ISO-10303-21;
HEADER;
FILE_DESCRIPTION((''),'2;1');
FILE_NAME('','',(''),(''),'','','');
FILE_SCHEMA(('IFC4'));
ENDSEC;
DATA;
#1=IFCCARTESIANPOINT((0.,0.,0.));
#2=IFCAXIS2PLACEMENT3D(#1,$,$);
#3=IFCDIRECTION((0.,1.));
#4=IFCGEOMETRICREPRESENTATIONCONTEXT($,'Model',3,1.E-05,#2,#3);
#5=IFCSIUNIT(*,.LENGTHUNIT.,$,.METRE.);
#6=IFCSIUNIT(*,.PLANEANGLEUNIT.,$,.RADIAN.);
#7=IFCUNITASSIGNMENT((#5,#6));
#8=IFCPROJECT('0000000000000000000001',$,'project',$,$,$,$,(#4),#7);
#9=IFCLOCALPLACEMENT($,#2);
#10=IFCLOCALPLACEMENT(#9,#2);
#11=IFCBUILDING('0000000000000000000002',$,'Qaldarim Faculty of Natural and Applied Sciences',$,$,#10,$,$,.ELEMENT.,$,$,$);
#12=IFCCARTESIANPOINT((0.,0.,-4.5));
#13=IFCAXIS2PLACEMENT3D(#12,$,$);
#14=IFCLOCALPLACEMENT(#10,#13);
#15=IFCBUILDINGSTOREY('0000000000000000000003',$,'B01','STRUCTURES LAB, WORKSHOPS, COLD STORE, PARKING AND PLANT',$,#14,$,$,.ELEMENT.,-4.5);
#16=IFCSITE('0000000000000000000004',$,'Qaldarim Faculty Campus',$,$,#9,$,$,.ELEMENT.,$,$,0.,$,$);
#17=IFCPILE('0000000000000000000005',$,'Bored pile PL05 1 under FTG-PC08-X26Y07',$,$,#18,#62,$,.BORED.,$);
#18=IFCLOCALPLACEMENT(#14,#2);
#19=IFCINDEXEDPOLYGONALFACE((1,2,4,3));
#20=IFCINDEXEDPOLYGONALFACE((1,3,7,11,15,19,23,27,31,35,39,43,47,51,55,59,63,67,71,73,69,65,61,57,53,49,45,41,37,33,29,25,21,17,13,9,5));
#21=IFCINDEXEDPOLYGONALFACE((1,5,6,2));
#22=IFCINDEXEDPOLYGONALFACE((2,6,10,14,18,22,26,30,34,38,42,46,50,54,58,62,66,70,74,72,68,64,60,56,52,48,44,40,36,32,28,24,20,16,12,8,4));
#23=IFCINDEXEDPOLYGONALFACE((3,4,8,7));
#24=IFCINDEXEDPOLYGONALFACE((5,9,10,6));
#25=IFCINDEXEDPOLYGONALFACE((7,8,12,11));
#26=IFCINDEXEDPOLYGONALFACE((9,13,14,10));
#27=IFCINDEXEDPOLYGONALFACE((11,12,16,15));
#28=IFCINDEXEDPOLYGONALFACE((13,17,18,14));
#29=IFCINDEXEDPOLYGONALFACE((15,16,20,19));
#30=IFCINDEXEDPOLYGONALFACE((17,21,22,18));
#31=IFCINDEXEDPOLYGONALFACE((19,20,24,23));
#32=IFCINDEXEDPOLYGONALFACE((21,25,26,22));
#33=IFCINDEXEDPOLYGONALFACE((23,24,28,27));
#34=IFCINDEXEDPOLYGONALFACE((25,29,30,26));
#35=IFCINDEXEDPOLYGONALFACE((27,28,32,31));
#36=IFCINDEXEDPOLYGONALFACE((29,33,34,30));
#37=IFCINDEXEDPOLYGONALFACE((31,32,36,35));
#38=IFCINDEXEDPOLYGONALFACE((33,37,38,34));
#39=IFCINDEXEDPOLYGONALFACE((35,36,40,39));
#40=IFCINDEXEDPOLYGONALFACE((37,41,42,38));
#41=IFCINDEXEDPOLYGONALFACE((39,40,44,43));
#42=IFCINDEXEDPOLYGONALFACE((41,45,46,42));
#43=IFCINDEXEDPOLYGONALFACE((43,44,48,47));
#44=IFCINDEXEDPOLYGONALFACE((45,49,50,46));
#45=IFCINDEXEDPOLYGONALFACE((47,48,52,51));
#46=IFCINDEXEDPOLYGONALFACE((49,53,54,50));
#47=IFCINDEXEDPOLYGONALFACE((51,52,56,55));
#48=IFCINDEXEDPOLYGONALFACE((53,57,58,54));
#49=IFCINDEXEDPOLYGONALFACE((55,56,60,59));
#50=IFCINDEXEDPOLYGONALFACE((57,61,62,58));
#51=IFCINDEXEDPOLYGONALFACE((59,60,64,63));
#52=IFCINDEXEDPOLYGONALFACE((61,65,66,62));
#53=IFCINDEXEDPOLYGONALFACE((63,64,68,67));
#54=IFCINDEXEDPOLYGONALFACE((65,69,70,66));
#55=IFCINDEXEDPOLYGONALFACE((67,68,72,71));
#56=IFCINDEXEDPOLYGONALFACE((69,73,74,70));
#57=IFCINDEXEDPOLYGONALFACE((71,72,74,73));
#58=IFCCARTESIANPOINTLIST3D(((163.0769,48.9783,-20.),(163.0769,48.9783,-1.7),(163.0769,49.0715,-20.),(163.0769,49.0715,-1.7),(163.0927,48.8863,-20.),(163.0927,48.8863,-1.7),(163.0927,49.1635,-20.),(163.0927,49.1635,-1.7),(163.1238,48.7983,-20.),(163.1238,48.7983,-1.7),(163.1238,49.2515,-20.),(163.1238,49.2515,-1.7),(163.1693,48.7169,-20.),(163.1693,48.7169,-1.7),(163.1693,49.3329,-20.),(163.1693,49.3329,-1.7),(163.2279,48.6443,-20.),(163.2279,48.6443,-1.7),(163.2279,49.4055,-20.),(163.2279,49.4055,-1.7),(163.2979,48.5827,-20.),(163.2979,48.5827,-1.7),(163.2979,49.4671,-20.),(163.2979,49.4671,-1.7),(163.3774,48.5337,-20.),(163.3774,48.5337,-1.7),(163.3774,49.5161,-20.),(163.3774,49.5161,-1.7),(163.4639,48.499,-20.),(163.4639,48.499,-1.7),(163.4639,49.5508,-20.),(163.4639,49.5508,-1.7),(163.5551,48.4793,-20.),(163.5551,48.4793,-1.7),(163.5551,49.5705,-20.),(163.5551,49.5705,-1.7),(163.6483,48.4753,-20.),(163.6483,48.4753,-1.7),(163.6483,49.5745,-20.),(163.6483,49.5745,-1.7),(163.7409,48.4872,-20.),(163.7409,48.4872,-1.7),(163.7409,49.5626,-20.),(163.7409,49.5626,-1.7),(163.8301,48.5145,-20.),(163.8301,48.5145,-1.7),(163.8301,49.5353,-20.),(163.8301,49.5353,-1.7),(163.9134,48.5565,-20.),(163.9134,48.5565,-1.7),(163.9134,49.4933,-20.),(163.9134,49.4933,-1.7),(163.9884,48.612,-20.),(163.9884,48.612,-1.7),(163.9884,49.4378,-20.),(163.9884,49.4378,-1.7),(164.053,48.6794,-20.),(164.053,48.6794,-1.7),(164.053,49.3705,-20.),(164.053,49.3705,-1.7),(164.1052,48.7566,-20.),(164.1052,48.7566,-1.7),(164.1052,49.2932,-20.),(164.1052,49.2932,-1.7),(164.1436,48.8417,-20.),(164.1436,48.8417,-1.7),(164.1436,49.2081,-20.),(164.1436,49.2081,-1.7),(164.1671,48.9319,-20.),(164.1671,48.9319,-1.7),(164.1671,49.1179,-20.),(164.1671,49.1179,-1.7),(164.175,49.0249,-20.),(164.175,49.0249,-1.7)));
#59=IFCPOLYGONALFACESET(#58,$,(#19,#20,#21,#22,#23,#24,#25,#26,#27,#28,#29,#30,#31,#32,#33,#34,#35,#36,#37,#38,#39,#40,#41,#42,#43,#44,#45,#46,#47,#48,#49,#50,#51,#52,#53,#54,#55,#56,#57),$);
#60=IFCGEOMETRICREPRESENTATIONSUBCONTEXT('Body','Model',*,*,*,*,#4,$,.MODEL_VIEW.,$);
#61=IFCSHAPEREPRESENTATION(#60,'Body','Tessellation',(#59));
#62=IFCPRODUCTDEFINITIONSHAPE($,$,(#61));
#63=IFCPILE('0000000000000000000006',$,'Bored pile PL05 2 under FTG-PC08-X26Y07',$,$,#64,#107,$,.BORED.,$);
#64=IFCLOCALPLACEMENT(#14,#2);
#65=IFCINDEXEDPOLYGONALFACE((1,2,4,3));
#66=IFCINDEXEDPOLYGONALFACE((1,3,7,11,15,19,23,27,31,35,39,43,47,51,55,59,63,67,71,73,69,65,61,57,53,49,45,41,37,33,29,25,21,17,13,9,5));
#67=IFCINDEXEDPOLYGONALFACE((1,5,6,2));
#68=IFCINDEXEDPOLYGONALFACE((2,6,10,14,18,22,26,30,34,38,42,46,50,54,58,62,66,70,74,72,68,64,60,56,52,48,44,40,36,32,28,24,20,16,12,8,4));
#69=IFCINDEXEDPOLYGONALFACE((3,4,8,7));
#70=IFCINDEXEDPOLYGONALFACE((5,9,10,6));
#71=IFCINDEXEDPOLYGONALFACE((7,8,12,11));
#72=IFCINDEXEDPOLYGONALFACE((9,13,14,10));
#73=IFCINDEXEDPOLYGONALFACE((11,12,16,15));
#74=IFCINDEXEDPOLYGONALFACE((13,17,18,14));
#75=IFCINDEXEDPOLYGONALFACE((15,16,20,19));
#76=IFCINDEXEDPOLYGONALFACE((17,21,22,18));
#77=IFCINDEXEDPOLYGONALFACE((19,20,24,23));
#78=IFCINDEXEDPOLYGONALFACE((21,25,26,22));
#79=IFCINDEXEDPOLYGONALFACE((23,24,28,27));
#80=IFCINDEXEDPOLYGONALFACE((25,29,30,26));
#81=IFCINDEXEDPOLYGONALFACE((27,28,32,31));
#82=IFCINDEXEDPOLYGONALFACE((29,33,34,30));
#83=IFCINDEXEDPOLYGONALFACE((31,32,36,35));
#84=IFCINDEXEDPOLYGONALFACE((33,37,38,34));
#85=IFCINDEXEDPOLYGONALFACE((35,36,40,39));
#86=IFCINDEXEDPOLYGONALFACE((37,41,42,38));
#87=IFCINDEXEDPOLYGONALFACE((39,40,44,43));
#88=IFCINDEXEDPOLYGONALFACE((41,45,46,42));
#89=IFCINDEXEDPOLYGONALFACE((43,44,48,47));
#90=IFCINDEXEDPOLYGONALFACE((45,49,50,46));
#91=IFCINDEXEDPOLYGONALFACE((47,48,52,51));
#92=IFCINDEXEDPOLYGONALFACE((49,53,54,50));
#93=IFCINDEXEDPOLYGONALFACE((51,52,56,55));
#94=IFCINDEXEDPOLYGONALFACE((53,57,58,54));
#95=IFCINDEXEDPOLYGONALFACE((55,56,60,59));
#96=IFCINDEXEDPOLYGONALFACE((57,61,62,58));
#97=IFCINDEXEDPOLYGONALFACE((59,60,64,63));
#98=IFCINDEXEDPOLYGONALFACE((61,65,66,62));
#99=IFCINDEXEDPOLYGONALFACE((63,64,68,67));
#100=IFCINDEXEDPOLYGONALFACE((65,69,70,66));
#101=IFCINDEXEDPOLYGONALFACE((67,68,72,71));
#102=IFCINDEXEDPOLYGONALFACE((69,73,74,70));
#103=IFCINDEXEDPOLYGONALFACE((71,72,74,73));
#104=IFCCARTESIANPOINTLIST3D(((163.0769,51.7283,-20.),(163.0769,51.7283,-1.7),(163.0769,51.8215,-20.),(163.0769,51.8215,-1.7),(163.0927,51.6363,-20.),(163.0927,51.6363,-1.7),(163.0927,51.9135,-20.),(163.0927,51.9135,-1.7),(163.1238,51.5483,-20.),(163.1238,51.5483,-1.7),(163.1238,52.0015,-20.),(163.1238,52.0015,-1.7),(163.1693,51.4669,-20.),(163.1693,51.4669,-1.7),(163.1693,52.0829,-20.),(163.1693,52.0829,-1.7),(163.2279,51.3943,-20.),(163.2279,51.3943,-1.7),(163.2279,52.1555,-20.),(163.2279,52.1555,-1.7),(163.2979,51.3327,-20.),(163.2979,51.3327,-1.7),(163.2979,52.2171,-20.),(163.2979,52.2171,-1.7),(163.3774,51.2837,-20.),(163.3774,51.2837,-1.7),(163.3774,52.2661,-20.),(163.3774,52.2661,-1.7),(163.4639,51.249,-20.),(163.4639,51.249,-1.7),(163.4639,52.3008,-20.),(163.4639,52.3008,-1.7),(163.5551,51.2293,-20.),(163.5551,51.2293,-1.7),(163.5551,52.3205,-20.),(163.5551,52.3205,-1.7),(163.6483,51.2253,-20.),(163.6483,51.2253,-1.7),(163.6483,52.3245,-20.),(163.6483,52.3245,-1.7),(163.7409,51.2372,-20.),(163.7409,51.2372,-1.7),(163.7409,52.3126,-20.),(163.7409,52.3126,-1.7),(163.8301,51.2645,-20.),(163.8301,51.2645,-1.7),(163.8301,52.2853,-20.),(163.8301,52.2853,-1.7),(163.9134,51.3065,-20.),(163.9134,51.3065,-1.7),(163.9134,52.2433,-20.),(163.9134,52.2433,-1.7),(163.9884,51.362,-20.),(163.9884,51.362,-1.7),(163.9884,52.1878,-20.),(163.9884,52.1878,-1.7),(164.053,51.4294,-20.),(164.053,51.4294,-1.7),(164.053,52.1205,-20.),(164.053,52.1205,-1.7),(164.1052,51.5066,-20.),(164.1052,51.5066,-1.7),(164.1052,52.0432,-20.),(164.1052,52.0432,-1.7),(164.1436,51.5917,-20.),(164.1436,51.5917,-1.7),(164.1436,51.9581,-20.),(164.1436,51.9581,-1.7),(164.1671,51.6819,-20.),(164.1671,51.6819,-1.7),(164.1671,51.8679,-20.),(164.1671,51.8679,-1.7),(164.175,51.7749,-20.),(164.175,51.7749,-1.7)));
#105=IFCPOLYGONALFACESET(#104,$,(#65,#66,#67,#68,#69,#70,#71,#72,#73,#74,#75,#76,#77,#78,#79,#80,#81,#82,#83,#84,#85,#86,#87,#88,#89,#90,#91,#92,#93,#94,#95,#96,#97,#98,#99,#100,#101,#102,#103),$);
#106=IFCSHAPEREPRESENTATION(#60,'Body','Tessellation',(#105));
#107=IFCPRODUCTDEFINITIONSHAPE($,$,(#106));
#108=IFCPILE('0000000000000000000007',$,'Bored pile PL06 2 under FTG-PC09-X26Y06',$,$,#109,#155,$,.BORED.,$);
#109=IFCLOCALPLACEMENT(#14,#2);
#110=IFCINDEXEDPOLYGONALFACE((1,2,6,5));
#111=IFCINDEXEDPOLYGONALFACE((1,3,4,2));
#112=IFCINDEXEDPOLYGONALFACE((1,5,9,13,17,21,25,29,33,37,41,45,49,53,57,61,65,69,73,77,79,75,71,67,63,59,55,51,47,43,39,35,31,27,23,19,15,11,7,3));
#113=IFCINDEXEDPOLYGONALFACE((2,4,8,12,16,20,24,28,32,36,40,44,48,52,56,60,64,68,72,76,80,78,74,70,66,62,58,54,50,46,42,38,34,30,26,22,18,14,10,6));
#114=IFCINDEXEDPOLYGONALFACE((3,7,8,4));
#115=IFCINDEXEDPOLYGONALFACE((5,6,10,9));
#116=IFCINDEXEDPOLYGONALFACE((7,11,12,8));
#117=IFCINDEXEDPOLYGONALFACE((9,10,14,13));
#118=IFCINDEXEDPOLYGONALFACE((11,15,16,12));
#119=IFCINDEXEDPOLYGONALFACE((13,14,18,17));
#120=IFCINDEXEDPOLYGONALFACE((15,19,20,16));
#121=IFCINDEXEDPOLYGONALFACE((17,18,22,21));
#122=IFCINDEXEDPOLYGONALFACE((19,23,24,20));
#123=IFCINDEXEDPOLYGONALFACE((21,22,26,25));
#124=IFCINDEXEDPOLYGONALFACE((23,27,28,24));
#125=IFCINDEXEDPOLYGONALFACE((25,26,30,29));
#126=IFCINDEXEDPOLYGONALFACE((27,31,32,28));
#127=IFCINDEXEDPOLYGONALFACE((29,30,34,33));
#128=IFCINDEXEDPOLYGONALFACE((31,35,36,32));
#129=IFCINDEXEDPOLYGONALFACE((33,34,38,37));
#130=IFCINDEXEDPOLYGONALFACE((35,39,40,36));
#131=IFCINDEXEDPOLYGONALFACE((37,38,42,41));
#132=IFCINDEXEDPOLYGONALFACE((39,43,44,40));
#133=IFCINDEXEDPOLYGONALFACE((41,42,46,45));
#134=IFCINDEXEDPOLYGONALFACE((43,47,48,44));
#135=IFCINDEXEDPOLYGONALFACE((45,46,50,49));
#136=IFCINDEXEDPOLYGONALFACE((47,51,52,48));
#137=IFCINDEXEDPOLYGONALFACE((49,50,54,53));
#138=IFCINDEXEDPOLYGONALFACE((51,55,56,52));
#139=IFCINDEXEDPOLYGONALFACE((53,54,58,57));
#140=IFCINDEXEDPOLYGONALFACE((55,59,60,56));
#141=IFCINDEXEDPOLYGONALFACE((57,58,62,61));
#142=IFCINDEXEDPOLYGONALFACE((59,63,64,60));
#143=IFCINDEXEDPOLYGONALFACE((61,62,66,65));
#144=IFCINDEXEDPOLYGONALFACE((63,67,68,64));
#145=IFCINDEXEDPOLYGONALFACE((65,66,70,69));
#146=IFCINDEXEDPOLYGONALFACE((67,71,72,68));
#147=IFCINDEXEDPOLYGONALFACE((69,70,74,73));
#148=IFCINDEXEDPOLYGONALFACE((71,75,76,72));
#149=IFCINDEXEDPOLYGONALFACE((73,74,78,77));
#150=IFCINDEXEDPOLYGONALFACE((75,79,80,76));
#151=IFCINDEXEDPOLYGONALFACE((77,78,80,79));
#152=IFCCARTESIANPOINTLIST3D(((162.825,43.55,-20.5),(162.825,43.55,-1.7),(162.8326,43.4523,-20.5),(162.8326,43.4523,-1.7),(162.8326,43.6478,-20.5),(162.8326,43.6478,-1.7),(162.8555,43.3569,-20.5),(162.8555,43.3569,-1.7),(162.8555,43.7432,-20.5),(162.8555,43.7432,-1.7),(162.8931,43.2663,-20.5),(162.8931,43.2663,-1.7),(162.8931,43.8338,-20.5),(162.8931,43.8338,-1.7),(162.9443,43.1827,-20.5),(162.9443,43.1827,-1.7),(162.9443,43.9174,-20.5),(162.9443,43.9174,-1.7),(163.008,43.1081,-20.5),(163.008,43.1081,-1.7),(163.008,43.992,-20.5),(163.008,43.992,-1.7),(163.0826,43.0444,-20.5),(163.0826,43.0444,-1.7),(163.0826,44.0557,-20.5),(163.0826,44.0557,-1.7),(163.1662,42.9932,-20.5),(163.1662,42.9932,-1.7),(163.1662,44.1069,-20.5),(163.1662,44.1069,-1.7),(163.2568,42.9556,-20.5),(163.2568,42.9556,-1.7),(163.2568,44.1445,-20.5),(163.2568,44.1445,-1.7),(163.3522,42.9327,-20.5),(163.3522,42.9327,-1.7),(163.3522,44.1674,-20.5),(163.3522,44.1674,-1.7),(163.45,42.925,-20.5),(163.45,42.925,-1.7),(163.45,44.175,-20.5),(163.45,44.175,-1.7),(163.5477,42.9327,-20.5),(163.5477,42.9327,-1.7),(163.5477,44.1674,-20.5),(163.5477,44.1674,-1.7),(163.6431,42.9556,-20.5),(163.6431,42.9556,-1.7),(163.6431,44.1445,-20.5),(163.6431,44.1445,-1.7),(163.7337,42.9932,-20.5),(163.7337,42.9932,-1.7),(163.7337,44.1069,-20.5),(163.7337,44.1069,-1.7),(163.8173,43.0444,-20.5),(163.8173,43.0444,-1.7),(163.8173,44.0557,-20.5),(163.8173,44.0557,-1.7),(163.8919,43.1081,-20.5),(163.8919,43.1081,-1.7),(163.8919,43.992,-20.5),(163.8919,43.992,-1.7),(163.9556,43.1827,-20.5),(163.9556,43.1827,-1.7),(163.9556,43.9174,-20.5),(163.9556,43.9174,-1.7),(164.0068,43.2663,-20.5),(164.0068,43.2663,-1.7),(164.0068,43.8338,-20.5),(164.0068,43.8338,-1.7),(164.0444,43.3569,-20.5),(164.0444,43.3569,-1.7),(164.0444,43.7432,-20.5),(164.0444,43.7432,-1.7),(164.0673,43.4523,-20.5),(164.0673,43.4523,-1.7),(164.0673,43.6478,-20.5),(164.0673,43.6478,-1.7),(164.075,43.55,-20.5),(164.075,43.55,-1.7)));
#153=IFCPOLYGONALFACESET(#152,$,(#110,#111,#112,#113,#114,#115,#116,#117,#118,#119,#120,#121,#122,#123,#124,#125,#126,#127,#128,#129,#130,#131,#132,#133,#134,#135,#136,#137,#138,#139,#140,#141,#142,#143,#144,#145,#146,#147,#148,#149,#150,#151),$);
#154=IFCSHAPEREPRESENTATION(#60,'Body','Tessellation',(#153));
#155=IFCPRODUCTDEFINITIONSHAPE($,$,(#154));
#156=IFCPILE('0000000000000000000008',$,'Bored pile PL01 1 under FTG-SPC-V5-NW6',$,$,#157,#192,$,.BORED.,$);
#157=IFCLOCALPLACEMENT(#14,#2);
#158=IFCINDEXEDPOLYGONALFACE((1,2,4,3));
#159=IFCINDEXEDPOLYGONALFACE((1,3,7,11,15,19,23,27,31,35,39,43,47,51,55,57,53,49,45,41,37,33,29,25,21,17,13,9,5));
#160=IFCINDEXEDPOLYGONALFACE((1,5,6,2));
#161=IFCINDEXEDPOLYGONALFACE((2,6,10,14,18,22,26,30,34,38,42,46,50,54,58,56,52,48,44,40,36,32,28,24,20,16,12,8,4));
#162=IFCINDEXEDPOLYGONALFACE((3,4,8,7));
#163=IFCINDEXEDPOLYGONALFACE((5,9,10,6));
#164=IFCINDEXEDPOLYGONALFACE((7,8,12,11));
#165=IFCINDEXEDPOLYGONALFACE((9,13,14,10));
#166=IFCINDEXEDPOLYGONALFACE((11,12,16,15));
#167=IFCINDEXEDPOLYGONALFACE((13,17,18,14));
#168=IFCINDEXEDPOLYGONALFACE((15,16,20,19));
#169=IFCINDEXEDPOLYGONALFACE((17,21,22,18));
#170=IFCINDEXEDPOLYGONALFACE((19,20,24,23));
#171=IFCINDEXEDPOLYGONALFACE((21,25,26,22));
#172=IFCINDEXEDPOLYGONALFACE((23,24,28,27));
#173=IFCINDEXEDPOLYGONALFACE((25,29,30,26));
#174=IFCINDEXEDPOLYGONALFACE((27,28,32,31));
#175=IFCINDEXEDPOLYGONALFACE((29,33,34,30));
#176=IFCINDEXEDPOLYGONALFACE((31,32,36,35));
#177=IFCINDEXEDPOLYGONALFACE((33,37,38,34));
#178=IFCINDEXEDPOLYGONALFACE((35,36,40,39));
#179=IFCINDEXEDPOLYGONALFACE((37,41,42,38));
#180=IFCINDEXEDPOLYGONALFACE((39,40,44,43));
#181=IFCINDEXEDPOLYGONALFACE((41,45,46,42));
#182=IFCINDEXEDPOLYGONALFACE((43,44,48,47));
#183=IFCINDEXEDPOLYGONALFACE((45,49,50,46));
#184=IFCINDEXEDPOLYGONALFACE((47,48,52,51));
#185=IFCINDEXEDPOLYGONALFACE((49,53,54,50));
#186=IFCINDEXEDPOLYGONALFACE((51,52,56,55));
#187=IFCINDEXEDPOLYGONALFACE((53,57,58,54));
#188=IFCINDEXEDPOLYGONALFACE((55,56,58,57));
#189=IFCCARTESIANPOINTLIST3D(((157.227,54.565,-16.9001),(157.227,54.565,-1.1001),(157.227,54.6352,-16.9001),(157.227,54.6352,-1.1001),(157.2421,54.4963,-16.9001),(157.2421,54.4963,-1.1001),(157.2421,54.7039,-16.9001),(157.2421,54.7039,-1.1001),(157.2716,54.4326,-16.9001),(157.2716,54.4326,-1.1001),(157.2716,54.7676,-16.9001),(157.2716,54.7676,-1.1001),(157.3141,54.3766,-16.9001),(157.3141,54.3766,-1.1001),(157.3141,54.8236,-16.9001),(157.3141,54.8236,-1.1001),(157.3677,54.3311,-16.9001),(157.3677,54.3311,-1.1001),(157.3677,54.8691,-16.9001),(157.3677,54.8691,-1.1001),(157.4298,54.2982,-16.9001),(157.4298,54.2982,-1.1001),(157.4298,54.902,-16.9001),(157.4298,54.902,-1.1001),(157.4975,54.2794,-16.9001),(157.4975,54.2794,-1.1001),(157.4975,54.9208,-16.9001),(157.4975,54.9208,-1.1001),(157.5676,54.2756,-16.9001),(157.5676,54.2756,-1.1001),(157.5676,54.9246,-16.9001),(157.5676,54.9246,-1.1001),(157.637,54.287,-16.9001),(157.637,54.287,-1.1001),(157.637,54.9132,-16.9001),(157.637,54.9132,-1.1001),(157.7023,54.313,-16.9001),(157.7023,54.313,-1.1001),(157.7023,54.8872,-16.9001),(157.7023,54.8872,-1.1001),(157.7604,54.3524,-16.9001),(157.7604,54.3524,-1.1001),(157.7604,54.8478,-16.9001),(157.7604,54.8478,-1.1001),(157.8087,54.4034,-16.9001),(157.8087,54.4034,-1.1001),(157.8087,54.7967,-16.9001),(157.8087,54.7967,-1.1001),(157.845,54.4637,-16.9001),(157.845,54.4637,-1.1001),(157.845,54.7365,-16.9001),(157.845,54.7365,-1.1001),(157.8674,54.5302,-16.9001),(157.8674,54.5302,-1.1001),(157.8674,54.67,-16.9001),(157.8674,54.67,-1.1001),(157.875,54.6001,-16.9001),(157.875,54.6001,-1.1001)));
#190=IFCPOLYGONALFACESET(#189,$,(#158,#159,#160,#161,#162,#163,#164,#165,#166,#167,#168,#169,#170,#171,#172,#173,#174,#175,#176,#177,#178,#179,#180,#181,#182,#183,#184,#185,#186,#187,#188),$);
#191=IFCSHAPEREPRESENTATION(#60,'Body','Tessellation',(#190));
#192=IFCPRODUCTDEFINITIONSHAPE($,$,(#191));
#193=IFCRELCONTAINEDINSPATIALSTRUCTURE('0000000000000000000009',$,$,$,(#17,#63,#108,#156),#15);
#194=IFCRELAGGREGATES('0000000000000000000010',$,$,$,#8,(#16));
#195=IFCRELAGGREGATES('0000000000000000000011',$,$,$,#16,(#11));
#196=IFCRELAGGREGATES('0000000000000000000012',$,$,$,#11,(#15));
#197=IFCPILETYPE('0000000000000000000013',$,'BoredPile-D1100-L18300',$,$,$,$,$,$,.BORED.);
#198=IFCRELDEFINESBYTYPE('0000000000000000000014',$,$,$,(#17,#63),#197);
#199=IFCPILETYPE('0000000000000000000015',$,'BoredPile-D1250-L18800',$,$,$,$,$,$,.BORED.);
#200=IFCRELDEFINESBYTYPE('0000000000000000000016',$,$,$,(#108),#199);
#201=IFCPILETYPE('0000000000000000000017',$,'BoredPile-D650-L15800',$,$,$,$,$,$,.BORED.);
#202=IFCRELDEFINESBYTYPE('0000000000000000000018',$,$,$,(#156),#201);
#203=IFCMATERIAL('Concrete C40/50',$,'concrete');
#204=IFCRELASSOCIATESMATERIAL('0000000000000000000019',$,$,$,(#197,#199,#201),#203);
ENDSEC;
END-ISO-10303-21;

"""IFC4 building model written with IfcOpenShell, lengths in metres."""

from ifc_helpers import new_model, si_unit, direction, frame, origin, origin_2d, place, context, subcontext, project, spatial, circle, extrude, material, material_profile, profile_set, type_object, element, save


model = new_model("IFC4")

# Units and contexts
model_context = context("Model", 3, precision=1e-05, world=origin(), true_north=direction((0.0, 1.0)))
body_context = subcontext(model_context, "Body", "Model", "MODEL_VIEW")
ifc_project = project(units=[si_unit("LENGTHUNIT", "METRE"), si_unit("PLANEANGLEUNIT", "RADIAN")], contexts=[model_context])

# Site, building, storey
site_placement = place(None, origin())
site = spatial("IfcSite", under=ifc_project, at=site_placement, Name="Qaldarim Faculty Campus", CompositionType="ELEMENT", RefElevation=0.0)
building_placement = place(site_placement, origin())
building = spatial("IfcBuilding", under=site, at=building_placement, Name="Qaldarim Faculty of Natural and Applied Sciences", CompositionType="ELEMENT")
storey_placement = place(building_placement, frame((0.0, 0.0, -4.5)))
storey = spatial("IfcBuildingStorey", under=building, at=storey_placement, Name="B01", Description="STRUCTURES LAB, WORKSHOPS, COLD STORE, PARKING AND PLANT", CompositionType="ELEMENT", Elevation=-4.5)

# Piles
ifc_material_1 = material(Name="Concrete C40/50", Category="concrete")
ifc_material_profile_1 = material_profile(ifc_material_1, circle(Radius=0.55, at=origin_2d()), Name="PILE-D1100")
ifc_profile_set_1 = profile_set([ifc_material_profile_1], Name="Concrete C40/50")
pile_type_1 = type_object("IfcPileType", Name="BoredPile-D1100-L18300", PredefinedType="BORED", material=ifc_profile_set_1)
for number, where, z_axis, x_axis, name in (
    (1, (163.625, 49.0249, -1.7), (0.0, 0.0, -1.0), (1.0, 0.0, 0.0), "Bored pile PL05 1 under FTG-PC08-X26Y07"),
    (2, (163.625, 51.7749, -1.7), (0.0, 0.0, -1.0), (1.0, 0.0, 0.0), "Bored pile PL05 2 under FTG-PC08-X26Y07"),
):
    element("IfcPile", number, at=place(storey_placement, frame(where, z_axis=z_axis, x_axis=x_axis)), inside=storey, type_object=pile_type_1, Name=name, PredefinedType="BORED", context=body_context, shape_type="SweptSolid", body=[
        extrude(circle(Radius=0.55, at=origin_2d()), origin(), (0.0, 0.0, 1.0), 18.3),
    ])
ifc_material_profile_2 = material_profile(ifc_material_1, circle(Radius=0.625, at=origin_2d()), Name="PILE-D1250")
ifc_profile_set_2 = profile_set([ifc_material_profile_2], Name="Concrete C40/50")
pile_type_2 = type_object("IfcPileType", Name="BoredPile-D1250-L18800", PredefinedType="BORED", material=ifc_profile_set_2)
pile_1_placement = place(storey_placement, frame((163.45, 43.55, -1.7), z_axis=(0.0, 0.0, -1.0), x_axis=(1.0, 0.0, 0.0)))
element("IfcPile", 3, at=pile_1_placement, inside=storey, type_object=pile_type_2, Name="Bored pile PL06 2 under FTG-PC09-X26Y06", PredefinedType="BORED", context=body_context, shape_type="SweptSolid", body=[
    extrude(circle(Radius=0.625, at=origin_2d()), origin(), (0.0, 0.0, 1.0), 18.8),
])
ifc_material_profile_3 = material_profile(ifc_material_1, circle(Radius=0.325, at=origin_2d()), Name="PILE-D650")
ifc_profile_set_3 = profile_set([ifc_material_profile_3], Name="Concrete C40/50")
pile_type_3 = type_object("IfcPileType", Name="BoredPile-D650-L15800", PredefinedType="BORED", material=ifc_profile_set_3)
pile_2_placement = place(storey_placement, frame((157.55, 54.6001, -1.1001), z_axis=(0.0, 0.0, -1.0), x_axis=(1.0, 0.0, 0.0)))
element("IfcPile", 4, at=pile_2_placement, inside=storey, type_object=pile_type_3, Name="Bored pile PL01 1 under FTG-SPC-V5-NW6", PredefinedType="BORED", context=body_context, shape_type="SweptSolid", body=[
    extrude(circle(Radius=0.325, at=origin_2d()), origin(), (0.0, 0.0, 1.0), 15.8),
])

save(model, "model.ifc")
